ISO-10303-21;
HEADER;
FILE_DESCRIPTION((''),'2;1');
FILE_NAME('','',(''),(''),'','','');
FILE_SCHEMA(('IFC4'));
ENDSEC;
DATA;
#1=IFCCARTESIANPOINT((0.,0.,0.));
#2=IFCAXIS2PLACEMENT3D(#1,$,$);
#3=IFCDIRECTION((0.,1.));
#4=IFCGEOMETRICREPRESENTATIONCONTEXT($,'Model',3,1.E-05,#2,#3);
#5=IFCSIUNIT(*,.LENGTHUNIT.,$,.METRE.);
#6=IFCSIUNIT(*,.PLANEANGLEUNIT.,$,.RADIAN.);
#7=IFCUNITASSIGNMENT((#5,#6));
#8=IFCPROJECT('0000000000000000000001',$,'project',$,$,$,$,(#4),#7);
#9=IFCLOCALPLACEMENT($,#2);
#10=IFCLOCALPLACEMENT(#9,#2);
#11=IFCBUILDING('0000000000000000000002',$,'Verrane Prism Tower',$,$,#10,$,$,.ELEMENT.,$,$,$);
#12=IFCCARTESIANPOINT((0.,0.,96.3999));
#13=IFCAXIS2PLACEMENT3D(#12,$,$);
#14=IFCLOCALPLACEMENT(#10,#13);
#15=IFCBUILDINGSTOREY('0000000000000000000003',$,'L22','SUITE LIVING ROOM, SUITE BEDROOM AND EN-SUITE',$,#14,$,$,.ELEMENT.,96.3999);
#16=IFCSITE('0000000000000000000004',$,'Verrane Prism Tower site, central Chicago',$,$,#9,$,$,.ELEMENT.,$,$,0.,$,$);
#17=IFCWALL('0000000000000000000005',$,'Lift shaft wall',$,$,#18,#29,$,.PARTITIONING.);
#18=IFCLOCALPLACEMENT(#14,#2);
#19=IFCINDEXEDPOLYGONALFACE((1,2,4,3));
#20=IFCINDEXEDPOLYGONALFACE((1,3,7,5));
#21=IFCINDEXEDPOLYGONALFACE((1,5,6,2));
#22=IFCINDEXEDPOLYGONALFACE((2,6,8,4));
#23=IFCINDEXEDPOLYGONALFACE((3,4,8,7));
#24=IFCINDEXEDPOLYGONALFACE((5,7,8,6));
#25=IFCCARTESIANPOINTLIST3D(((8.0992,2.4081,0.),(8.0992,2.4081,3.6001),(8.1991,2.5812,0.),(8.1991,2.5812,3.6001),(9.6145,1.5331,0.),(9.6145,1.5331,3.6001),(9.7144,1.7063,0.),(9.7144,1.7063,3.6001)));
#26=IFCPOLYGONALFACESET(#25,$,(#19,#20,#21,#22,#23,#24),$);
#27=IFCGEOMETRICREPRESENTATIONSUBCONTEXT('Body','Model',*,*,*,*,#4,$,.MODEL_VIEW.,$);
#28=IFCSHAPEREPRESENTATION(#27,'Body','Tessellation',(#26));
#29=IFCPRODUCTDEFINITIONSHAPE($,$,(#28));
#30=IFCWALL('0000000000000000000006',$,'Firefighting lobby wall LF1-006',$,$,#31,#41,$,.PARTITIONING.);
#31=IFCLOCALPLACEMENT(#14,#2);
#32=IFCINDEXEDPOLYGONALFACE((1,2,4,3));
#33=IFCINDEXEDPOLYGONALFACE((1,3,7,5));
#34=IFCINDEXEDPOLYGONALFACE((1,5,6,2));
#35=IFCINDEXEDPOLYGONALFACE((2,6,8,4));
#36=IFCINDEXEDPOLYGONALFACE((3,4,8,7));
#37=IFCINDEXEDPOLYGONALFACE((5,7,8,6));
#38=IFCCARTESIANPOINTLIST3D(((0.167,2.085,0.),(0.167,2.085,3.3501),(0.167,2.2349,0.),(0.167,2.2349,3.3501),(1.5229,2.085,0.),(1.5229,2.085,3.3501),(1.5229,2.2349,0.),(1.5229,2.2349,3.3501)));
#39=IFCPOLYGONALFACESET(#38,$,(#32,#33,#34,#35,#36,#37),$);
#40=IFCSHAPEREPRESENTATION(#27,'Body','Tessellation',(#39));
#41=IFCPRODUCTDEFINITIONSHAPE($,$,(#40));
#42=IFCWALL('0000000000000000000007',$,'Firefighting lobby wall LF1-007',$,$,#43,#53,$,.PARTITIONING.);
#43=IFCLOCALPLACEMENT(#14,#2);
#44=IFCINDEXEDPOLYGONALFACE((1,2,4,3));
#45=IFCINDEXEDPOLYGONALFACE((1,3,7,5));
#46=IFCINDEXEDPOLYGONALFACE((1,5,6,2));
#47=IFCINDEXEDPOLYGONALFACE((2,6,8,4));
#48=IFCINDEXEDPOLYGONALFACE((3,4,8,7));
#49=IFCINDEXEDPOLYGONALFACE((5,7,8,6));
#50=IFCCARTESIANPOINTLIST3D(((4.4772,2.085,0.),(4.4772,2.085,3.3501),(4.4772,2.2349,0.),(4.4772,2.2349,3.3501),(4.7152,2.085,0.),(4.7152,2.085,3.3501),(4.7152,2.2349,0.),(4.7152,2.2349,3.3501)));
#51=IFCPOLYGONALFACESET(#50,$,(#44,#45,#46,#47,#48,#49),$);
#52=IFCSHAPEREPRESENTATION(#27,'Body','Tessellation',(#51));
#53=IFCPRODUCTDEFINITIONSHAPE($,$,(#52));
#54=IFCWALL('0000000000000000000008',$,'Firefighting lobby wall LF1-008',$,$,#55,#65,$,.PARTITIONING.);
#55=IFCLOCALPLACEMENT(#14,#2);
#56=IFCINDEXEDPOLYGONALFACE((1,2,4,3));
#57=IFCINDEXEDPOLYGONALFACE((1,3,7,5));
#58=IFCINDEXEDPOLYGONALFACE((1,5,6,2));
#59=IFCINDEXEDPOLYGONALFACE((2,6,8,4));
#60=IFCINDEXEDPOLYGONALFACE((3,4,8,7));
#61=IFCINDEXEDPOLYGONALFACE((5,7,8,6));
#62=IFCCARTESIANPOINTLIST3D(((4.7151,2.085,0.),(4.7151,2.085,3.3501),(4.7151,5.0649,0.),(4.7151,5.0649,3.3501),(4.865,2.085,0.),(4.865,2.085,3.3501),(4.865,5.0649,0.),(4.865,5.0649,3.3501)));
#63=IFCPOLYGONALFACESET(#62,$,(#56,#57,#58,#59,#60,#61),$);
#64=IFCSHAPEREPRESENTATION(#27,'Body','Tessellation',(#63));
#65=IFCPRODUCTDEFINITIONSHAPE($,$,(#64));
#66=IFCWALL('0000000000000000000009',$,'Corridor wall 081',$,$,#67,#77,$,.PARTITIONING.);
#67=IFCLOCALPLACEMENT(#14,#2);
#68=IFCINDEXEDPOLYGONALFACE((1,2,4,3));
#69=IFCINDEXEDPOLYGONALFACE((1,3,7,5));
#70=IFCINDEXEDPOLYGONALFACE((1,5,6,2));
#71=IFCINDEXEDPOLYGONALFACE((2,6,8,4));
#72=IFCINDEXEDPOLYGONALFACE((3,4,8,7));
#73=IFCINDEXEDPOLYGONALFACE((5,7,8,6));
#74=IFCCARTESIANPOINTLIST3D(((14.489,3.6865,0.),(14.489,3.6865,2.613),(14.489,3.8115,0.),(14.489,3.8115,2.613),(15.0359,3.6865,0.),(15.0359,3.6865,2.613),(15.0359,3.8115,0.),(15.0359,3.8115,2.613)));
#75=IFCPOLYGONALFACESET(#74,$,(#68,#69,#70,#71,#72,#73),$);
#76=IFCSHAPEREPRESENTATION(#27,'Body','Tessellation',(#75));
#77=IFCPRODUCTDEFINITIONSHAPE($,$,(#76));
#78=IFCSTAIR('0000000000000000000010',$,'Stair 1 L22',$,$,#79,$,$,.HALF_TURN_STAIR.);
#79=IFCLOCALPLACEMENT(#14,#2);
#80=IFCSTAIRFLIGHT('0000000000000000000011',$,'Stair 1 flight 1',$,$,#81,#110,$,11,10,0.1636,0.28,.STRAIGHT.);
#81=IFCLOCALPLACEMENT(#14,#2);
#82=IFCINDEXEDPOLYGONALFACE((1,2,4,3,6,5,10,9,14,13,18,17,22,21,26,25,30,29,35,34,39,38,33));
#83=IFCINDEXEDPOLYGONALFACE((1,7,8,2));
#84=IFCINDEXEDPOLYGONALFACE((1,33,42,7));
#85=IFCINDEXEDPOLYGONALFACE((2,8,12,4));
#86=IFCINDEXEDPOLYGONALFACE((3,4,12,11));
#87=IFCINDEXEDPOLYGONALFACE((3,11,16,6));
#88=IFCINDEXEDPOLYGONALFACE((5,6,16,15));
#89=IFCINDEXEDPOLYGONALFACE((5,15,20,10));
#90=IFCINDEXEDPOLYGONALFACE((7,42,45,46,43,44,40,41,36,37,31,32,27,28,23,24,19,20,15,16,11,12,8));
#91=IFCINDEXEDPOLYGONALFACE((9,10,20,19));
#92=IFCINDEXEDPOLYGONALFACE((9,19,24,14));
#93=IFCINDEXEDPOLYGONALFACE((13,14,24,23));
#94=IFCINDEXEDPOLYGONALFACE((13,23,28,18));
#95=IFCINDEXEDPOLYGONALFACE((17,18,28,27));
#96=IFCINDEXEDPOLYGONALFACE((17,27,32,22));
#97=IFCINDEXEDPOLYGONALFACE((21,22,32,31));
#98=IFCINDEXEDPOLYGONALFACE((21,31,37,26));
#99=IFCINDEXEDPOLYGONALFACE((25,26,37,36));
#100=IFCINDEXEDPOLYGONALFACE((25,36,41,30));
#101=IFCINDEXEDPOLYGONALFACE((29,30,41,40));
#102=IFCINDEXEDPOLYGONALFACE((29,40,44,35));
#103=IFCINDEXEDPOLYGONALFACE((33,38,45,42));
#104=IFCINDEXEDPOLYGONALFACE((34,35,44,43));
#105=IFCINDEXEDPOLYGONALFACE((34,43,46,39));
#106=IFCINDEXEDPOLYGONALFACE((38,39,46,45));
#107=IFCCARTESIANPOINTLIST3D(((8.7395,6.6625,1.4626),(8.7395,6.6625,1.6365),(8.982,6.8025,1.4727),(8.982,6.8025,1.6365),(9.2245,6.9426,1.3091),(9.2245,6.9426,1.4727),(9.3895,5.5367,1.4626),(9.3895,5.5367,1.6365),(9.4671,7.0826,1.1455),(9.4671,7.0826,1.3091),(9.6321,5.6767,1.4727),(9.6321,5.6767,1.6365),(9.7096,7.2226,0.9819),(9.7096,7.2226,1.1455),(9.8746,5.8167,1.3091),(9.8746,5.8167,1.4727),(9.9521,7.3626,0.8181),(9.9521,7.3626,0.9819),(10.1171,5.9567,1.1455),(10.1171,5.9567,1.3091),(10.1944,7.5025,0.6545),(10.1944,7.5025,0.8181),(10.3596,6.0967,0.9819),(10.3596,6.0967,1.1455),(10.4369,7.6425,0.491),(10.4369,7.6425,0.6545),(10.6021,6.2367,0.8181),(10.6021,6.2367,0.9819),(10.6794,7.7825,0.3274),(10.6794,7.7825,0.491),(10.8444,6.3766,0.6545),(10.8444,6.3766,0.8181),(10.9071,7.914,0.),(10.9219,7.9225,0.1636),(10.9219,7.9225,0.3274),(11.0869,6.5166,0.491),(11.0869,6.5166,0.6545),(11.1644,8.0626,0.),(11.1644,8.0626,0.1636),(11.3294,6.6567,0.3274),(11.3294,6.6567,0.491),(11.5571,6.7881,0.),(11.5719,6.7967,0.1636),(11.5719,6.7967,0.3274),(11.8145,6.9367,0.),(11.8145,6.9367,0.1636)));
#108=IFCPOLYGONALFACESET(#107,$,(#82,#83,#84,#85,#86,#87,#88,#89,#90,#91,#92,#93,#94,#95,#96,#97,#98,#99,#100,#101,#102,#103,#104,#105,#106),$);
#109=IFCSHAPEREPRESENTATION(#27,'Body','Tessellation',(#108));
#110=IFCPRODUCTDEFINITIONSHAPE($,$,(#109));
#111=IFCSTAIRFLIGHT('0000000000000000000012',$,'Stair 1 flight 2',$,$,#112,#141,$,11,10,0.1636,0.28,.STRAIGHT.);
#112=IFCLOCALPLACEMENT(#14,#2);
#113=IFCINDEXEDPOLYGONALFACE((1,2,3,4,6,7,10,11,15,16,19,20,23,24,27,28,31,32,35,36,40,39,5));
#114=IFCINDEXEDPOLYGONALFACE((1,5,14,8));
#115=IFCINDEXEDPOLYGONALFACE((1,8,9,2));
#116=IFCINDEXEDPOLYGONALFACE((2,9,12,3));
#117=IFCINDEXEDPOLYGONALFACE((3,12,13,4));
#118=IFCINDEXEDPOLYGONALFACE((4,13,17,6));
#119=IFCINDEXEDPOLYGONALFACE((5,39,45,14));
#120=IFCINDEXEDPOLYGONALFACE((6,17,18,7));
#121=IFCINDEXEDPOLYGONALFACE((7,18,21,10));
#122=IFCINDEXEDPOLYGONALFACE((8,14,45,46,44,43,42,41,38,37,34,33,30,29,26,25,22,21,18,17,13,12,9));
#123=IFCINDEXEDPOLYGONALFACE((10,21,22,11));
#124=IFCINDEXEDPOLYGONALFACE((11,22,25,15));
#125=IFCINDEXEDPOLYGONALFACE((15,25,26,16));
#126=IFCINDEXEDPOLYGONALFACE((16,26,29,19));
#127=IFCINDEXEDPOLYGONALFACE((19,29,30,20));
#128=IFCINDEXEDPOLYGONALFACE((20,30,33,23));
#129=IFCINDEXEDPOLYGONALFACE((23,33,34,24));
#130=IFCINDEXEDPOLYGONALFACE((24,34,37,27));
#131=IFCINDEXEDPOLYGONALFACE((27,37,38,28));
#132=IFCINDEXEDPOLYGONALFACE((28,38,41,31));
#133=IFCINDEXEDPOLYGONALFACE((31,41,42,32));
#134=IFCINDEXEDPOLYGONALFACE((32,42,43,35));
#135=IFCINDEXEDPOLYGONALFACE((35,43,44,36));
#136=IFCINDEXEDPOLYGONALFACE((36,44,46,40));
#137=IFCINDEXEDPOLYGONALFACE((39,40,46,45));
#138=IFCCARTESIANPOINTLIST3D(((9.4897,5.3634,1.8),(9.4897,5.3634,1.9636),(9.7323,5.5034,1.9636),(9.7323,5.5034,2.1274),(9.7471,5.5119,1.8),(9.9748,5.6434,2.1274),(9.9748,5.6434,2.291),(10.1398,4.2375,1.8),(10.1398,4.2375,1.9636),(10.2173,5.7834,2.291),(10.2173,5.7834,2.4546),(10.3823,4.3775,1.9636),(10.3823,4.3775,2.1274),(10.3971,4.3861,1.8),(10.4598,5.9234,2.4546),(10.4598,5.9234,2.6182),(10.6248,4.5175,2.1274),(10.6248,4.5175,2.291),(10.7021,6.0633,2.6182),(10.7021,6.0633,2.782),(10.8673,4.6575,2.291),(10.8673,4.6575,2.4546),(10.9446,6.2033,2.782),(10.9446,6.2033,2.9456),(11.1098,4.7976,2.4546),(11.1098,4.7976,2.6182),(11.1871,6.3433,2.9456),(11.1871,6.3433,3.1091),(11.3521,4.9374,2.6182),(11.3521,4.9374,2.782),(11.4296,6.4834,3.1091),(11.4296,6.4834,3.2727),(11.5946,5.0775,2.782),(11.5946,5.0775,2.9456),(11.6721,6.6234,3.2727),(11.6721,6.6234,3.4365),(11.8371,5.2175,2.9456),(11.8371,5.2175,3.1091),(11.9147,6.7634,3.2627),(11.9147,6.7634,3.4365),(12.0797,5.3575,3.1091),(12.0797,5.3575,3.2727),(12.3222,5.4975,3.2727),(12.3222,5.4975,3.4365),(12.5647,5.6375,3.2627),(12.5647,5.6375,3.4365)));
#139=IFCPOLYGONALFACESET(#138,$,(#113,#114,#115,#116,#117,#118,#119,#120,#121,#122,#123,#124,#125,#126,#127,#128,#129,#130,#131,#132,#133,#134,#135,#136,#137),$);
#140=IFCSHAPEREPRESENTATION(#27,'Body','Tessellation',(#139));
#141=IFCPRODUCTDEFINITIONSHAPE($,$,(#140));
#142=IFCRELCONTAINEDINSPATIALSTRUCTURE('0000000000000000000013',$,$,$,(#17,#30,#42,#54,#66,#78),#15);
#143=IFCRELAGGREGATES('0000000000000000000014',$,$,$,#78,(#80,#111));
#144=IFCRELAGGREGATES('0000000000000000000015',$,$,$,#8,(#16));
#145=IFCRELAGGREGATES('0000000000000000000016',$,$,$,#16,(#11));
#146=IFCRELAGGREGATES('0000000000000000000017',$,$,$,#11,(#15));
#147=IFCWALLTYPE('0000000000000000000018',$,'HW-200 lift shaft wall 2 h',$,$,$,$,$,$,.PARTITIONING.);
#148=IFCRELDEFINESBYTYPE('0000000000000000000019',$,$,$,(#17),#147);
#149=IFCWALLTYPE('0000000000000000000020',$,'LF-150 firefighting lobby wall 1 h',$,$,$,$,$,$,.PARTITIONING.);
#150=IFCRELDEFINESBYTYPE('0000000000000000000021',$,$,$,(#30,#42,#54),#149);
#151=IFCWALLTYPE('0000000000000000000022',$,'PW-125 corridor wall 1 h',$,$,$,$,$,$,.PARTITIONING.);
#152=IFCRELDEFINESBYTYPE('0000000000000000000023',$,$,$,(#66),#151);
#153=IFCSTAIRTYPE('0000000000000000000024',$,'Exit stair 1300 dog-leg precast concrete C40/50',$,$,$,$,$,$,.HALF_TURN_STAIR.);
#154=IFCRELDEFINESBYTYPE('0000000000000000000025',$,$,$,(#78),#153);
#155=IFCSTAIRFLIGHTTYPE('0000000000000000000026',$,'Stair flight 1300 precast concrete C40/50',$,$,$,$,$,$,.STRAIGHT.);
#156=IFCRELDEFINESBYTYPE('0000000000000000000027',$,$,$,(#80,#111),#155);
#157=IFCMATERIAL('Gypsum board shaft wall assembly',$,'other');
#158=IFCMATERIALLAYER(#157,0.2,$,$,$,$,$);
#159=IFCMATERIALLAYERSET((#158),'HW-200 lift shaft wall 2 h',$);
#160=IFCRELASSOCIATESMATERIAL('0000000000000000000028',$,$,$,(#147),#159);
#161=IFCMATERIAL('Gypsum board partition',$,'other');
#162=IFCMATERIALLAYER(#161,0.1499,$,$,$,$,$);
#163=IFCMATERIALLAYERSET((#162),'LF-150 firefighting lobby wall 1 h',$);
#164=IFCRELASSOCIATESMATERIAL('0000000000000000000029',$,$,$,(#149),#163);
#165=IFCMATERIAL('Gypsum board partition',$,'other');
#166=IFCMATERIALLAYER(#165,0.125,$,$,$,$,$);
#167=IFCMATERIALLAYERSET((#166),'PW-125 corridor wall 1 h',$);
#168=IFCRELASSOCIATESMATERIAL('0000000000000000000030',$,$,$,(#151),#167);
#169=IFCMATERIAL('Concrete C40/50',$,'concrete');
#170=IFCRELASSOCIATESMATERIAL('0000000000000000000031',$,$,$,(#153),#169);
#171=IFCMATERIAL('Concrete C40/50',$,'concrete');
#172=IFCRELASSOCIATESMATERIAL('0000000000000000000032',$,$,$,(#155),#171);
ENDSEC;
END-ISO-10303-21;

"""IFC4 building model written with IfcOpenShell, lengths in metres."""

from ifc_helpers import new_model, si_unit, direction, frame, frame_2d, origin, place, context, subcontext, project, spatial, polyline, rectangle, outline, extrude, material, layer, layer_set, type_object, element, aggregate, save


model = new_model("IFC4")

# Units and contexts
model_context = context("Model", 3, precision=1e-05, world=origin(), true_north=direction((0.0, 1.0)))
body_context = subcontext(model_context, "Body", "Model", "MODEL_VIEW")
ifc_project = project(units=[si_unit("LENGTHUNIT", "METRE"), si_unit("PLANEANGLEUNIT", "RADIAN")], contexts=[model_context])

# Site, building, storey
site_placement = place(None, origin())
site = spatial("IfcSite", under=ifc_project, at=site_placement, Name="Verrane Prism Tower site, central Chicago", CompositionType="ELEMENT", RefElevation=0.0)
building_placement = place(site_placement, origin())
building = spatial("IfcBuilding", under=site, at=building_placement, Name="Verrane Prism Tower", CompositionType="ELEMENT")
storey_placement = place(building_placement, frame((0.0, 0.0, 96.3999)))
storey = spatial("IfcBuildingStorey", under=building, at=storey_placement, Name="L22", Description="SUITE LIVING ROOM, SUITE BEDROOM AND EN-SUITE", CompositionType="ELEMENT", Elevation=96.3999)

# Shared definitions
ifc_material_1 = material(Name="Gypsum board shaft wall assembly", Category="other")
ifc_layer_1 = layer(ifc_material_1, 0.2)
ifc_layer_set_1 = layer_set([ifc_layer_1], Name="HW-200 lift shaft wall 2 h")
wall_type_1 = type_object("IfcWallType", Name="HW-200 lift shaft wall 2 h", PredefinedType="PARTITIONING", material=ifc_layer_set_1)

# Walls
wall_1_placement = place(storey_placement, frame((9.6646, 1.6196, 0.0), z_axis=(0.0, 0.0, 1.0), x_axis=(-0.866002, 0.50004, 0.0)))
element("IfcWall", 1, at=wall_1_placement, inside=storey, type_object=wall_type_1, Name="Lift shaft wall", PredefinedType="PARTITIONING", context=body_context, shape_type="SweptSolid", body=[
    extrude(rectangle(XDim=1.7498, YDim=0.2, at=frame_2d((0.875, 0.0))), origin(), (0.0, 0.0, 1.0), 3.6001),
])
ifc_material_2 = material(Name="Gypsum board partition", Category="other")
ifc_layer_2 = layer(ifc_material_2, 0.1499)
ifc_layer_set_2 = layer_set([ifc_layer_2], Name="LF-150 firefighting lobby wall 1 h")
wall_type_2 = type_object("IfcWallType", Name="LF-150 firefighting lobby wall 1 h", PredefinedType="PARTITIONING", material=ifc_layer_set_2)
wall_2_placement = place(storey_placement, frame((0.167, 2.1599, 0.0), z_axis=(0.0, 0.0, 1.0), x_axis=(1.0, 0.0, 0.0)))
element("IfcWall", 2, at=wall_2_placement, inside=storey, type_object=wall_type_2, Name="Firefighting lobby wall LF1-006", PredefinedType="PARTITIONING", context=body_context, shape_type="SweptSolid", body=[
    extrude(rectangle(XDim=1.356, YDim=0.1499, at=frame_2d((0.678, 0.0))), origin(), (0.0, 0.0, 1.0), 3.3501),
])
wall_3_placement = place(storey_placement, frame((4.4771, 2.1599, 0.0), z_axis=(0.0, 0.0, 1.0), x_axis=(1.0, 0.0, 0.0)))
element("IfcWall", 3, at=wall_3_placement, inside=storey, type_object=wall_type_2, Name="Firefighting lobby wall LF1-007", PredefinedType="PARTITIONING", context=body_context, shape_type="SweptSolid", body=[
    extrude(rectangle(XDim=0.238, YDim=0.1499, at=frame_2d((0.1191, 0.0))), origin(), (0.0, 0.0, 1.0), 3.3501),
])
wall_4_placement = place(storey_placement, frame((4.79, 2.085, 0.0), z_axis=(0.0, 0.0, 1.0), x_axis=(0.0, 1.0, 0.0)))
element("IfcWall", 4, at=wall_4_placement, inside=storey, type_object=wall_type_2, Name="Firefighting lobby wall LF1-008", PredefinedType="PARTITIONING", context=body_context, shape_type="SweptSolid", body=[
    extrude(rectangle(XDim=2.98, YDim=0.1499, at=frame_2d((1.49, 0.0))), origin(), (0.0, 0.0, 1.0), 3.3501),
])
ifc_material_3 = material(Name="Gypsum board partition", Category="other")
ifc_layer_3 = layer(ifc_material_3, 0.125)
ifc_layer_set_3 = layer_set([ifc_layer_3], Name="PW-125 corridor wall 1 h")
wall_type_3 = type_object("IfcWallType", Name="PW-125 corridor wall 1 h", PredefinedType="PARTITIONING", material=ifc_layer_set_3)
wall_5_placement = place(storey_placement, frame((14.489, 3.749, 0.0), z_axis=(0.0, 0.0, 1.0), x_axis=(1.0, 0.0, 0.0)))
element("IfcWall", 5, at=wall_5_placement, inside=storey, type_object=wall_type_3, Name="Corridor wall 081", PredefinedType="PARTITIONING", context=body_context, shape_type="SweptSolid", body=[
    extrude(rectangle(XDim=0.5469, YDim=0.125, at=frame_2d((0.2734, 0.0))), origin(), (0.0, 0.0, 1.0), 2.613),
])

# Stair, stair flights
ifc_material_4 = material(Name="Concrete C40/50", Category="concrete")
stair_type = type_object("IfcStairType", Name="Exit stair 1300 dog-leg precast concrete C40/50", PredefinedType="HALF_TURN_STAIR", material=ifc_material_4)
stair_placement = place(storey_placement, origin())
stair = element("IfcStair", 6, at=stair_placement, inside=storey, type_object=stair_type, Name="Stair 1 L22", PredefinedType="HALF_TURN_STAIR")
ifc_material_5 = material(Name="Concrete C40/50", Category="concrete")
stair_flight_type = type_object("IfcStairFlightType", Name="Stair flight 1300 precast concrete C40/50", PredefinedType="STRAIGHT", material=ifc_material_5)
stair_flight_1_placement = place(storey_placement, frame((11.4895, 7.4995, 0.0), z_axis=(0.0, 0.0, 1.0), x_axis=(-0.866025, -0.5, 0.0)))
stair_flight_1 = element("IfcStairFlight", 7, at=stair_flight_1_placement, type_object=stair_flight_type, Name="Stair 1 flight 1", NumberOfRisers=11, NumberOfTreads=10, PredefinedType="STRAIGHT", RiserHeight=0.1636, TreadLength=0.28, context=body_context, shape_type="SweptSolid", body=[
    extrude(outline(polyline([(0.0, 0.0), (0.0, 0.1636), (0.28, 0.1636), (0.28, 0.3274), (0.5601, 0.3274), (0.5601, 0.491), (0.8401, 0.491), (0.8401, 0.6545), (1.1201, 0.6545), (1.1201, 0.8181), (1.3999, 0.8181), (1.3999, 0.9819), (1.6799, 0.9819), (1.6799, 1.1455), (1.96, 1.1455), (1.96, 1.3091), (2.24, 1.3091), (2.24, 1.4727), (2.52, 1.4727), (2.52, 1.6365), (2.8, 1.6365), (2.8, 1.8), (2.8, 1.4626), (0.2971, 0.0), (0.0, 0.0)])), frame((0.0, 0.6499, 0.0), z_axis=(0.0, -1.0, 0.0), x_axis=(1.0, 0.0, 0.0)), (0.0, 0.0, 1.0), 1.3),
])
stair_flight_2_placement = place(storey_placement, frame((9.8147, 4.8005, 1.8), z_axis=(0.0, 0.0, 1.0), x_axis=(0.866025, 0.5, 0.0)))
stair_flight_2 = element("IfcStairFlight", 8, at=stair_flight_2_placement, type_object=stair_flight_type, Name="Stair 1 flight 2", NumberOfRisers=11, NumberOfTreads=10, PredefinedType="STRAIGHT", RiserHeight=0.1636, TreadLength=0.28, context=body_context, shape_type="SweptSolid", body=[
    extrude(outline(polyline([(0.0, 0.0), (0.0, 0.1636), (0.28, 0.1636), (0.28, 0.3274), (0.5601, 0.3274), (0.5601, 0.491), (0.8401, 0.491), (0.8401, 0.6545), (1.1201, 0.6545), (1.1201, 0.8181), (1.3999, 0.8181), (1.3999, 0.9819), (1.6799, 0.9819), (1.6799, 1.1455), (1.96, 1.1455), (1.96, 1.3091), (2.24, 1.3091), (2.24, 1.4727), (2.52, 1.4727), (2.52, 1.6365), (2.8, 1.6365), (2.8, 1.8), (2.8, 1.4626), (0.2971, 0.0), (0.0, 0.0)])), frame((0.0, 0.6499, 0.0), z_axis=(0.0, -1.0, 0.0), x_axis=(1.0, 0.0, 0.0)), (0.0, 0.0, 1.0), 1.3),
])
aggregate(stair, [stair_flight_1, stair_flight_2])

save(model, "model.ifc")
